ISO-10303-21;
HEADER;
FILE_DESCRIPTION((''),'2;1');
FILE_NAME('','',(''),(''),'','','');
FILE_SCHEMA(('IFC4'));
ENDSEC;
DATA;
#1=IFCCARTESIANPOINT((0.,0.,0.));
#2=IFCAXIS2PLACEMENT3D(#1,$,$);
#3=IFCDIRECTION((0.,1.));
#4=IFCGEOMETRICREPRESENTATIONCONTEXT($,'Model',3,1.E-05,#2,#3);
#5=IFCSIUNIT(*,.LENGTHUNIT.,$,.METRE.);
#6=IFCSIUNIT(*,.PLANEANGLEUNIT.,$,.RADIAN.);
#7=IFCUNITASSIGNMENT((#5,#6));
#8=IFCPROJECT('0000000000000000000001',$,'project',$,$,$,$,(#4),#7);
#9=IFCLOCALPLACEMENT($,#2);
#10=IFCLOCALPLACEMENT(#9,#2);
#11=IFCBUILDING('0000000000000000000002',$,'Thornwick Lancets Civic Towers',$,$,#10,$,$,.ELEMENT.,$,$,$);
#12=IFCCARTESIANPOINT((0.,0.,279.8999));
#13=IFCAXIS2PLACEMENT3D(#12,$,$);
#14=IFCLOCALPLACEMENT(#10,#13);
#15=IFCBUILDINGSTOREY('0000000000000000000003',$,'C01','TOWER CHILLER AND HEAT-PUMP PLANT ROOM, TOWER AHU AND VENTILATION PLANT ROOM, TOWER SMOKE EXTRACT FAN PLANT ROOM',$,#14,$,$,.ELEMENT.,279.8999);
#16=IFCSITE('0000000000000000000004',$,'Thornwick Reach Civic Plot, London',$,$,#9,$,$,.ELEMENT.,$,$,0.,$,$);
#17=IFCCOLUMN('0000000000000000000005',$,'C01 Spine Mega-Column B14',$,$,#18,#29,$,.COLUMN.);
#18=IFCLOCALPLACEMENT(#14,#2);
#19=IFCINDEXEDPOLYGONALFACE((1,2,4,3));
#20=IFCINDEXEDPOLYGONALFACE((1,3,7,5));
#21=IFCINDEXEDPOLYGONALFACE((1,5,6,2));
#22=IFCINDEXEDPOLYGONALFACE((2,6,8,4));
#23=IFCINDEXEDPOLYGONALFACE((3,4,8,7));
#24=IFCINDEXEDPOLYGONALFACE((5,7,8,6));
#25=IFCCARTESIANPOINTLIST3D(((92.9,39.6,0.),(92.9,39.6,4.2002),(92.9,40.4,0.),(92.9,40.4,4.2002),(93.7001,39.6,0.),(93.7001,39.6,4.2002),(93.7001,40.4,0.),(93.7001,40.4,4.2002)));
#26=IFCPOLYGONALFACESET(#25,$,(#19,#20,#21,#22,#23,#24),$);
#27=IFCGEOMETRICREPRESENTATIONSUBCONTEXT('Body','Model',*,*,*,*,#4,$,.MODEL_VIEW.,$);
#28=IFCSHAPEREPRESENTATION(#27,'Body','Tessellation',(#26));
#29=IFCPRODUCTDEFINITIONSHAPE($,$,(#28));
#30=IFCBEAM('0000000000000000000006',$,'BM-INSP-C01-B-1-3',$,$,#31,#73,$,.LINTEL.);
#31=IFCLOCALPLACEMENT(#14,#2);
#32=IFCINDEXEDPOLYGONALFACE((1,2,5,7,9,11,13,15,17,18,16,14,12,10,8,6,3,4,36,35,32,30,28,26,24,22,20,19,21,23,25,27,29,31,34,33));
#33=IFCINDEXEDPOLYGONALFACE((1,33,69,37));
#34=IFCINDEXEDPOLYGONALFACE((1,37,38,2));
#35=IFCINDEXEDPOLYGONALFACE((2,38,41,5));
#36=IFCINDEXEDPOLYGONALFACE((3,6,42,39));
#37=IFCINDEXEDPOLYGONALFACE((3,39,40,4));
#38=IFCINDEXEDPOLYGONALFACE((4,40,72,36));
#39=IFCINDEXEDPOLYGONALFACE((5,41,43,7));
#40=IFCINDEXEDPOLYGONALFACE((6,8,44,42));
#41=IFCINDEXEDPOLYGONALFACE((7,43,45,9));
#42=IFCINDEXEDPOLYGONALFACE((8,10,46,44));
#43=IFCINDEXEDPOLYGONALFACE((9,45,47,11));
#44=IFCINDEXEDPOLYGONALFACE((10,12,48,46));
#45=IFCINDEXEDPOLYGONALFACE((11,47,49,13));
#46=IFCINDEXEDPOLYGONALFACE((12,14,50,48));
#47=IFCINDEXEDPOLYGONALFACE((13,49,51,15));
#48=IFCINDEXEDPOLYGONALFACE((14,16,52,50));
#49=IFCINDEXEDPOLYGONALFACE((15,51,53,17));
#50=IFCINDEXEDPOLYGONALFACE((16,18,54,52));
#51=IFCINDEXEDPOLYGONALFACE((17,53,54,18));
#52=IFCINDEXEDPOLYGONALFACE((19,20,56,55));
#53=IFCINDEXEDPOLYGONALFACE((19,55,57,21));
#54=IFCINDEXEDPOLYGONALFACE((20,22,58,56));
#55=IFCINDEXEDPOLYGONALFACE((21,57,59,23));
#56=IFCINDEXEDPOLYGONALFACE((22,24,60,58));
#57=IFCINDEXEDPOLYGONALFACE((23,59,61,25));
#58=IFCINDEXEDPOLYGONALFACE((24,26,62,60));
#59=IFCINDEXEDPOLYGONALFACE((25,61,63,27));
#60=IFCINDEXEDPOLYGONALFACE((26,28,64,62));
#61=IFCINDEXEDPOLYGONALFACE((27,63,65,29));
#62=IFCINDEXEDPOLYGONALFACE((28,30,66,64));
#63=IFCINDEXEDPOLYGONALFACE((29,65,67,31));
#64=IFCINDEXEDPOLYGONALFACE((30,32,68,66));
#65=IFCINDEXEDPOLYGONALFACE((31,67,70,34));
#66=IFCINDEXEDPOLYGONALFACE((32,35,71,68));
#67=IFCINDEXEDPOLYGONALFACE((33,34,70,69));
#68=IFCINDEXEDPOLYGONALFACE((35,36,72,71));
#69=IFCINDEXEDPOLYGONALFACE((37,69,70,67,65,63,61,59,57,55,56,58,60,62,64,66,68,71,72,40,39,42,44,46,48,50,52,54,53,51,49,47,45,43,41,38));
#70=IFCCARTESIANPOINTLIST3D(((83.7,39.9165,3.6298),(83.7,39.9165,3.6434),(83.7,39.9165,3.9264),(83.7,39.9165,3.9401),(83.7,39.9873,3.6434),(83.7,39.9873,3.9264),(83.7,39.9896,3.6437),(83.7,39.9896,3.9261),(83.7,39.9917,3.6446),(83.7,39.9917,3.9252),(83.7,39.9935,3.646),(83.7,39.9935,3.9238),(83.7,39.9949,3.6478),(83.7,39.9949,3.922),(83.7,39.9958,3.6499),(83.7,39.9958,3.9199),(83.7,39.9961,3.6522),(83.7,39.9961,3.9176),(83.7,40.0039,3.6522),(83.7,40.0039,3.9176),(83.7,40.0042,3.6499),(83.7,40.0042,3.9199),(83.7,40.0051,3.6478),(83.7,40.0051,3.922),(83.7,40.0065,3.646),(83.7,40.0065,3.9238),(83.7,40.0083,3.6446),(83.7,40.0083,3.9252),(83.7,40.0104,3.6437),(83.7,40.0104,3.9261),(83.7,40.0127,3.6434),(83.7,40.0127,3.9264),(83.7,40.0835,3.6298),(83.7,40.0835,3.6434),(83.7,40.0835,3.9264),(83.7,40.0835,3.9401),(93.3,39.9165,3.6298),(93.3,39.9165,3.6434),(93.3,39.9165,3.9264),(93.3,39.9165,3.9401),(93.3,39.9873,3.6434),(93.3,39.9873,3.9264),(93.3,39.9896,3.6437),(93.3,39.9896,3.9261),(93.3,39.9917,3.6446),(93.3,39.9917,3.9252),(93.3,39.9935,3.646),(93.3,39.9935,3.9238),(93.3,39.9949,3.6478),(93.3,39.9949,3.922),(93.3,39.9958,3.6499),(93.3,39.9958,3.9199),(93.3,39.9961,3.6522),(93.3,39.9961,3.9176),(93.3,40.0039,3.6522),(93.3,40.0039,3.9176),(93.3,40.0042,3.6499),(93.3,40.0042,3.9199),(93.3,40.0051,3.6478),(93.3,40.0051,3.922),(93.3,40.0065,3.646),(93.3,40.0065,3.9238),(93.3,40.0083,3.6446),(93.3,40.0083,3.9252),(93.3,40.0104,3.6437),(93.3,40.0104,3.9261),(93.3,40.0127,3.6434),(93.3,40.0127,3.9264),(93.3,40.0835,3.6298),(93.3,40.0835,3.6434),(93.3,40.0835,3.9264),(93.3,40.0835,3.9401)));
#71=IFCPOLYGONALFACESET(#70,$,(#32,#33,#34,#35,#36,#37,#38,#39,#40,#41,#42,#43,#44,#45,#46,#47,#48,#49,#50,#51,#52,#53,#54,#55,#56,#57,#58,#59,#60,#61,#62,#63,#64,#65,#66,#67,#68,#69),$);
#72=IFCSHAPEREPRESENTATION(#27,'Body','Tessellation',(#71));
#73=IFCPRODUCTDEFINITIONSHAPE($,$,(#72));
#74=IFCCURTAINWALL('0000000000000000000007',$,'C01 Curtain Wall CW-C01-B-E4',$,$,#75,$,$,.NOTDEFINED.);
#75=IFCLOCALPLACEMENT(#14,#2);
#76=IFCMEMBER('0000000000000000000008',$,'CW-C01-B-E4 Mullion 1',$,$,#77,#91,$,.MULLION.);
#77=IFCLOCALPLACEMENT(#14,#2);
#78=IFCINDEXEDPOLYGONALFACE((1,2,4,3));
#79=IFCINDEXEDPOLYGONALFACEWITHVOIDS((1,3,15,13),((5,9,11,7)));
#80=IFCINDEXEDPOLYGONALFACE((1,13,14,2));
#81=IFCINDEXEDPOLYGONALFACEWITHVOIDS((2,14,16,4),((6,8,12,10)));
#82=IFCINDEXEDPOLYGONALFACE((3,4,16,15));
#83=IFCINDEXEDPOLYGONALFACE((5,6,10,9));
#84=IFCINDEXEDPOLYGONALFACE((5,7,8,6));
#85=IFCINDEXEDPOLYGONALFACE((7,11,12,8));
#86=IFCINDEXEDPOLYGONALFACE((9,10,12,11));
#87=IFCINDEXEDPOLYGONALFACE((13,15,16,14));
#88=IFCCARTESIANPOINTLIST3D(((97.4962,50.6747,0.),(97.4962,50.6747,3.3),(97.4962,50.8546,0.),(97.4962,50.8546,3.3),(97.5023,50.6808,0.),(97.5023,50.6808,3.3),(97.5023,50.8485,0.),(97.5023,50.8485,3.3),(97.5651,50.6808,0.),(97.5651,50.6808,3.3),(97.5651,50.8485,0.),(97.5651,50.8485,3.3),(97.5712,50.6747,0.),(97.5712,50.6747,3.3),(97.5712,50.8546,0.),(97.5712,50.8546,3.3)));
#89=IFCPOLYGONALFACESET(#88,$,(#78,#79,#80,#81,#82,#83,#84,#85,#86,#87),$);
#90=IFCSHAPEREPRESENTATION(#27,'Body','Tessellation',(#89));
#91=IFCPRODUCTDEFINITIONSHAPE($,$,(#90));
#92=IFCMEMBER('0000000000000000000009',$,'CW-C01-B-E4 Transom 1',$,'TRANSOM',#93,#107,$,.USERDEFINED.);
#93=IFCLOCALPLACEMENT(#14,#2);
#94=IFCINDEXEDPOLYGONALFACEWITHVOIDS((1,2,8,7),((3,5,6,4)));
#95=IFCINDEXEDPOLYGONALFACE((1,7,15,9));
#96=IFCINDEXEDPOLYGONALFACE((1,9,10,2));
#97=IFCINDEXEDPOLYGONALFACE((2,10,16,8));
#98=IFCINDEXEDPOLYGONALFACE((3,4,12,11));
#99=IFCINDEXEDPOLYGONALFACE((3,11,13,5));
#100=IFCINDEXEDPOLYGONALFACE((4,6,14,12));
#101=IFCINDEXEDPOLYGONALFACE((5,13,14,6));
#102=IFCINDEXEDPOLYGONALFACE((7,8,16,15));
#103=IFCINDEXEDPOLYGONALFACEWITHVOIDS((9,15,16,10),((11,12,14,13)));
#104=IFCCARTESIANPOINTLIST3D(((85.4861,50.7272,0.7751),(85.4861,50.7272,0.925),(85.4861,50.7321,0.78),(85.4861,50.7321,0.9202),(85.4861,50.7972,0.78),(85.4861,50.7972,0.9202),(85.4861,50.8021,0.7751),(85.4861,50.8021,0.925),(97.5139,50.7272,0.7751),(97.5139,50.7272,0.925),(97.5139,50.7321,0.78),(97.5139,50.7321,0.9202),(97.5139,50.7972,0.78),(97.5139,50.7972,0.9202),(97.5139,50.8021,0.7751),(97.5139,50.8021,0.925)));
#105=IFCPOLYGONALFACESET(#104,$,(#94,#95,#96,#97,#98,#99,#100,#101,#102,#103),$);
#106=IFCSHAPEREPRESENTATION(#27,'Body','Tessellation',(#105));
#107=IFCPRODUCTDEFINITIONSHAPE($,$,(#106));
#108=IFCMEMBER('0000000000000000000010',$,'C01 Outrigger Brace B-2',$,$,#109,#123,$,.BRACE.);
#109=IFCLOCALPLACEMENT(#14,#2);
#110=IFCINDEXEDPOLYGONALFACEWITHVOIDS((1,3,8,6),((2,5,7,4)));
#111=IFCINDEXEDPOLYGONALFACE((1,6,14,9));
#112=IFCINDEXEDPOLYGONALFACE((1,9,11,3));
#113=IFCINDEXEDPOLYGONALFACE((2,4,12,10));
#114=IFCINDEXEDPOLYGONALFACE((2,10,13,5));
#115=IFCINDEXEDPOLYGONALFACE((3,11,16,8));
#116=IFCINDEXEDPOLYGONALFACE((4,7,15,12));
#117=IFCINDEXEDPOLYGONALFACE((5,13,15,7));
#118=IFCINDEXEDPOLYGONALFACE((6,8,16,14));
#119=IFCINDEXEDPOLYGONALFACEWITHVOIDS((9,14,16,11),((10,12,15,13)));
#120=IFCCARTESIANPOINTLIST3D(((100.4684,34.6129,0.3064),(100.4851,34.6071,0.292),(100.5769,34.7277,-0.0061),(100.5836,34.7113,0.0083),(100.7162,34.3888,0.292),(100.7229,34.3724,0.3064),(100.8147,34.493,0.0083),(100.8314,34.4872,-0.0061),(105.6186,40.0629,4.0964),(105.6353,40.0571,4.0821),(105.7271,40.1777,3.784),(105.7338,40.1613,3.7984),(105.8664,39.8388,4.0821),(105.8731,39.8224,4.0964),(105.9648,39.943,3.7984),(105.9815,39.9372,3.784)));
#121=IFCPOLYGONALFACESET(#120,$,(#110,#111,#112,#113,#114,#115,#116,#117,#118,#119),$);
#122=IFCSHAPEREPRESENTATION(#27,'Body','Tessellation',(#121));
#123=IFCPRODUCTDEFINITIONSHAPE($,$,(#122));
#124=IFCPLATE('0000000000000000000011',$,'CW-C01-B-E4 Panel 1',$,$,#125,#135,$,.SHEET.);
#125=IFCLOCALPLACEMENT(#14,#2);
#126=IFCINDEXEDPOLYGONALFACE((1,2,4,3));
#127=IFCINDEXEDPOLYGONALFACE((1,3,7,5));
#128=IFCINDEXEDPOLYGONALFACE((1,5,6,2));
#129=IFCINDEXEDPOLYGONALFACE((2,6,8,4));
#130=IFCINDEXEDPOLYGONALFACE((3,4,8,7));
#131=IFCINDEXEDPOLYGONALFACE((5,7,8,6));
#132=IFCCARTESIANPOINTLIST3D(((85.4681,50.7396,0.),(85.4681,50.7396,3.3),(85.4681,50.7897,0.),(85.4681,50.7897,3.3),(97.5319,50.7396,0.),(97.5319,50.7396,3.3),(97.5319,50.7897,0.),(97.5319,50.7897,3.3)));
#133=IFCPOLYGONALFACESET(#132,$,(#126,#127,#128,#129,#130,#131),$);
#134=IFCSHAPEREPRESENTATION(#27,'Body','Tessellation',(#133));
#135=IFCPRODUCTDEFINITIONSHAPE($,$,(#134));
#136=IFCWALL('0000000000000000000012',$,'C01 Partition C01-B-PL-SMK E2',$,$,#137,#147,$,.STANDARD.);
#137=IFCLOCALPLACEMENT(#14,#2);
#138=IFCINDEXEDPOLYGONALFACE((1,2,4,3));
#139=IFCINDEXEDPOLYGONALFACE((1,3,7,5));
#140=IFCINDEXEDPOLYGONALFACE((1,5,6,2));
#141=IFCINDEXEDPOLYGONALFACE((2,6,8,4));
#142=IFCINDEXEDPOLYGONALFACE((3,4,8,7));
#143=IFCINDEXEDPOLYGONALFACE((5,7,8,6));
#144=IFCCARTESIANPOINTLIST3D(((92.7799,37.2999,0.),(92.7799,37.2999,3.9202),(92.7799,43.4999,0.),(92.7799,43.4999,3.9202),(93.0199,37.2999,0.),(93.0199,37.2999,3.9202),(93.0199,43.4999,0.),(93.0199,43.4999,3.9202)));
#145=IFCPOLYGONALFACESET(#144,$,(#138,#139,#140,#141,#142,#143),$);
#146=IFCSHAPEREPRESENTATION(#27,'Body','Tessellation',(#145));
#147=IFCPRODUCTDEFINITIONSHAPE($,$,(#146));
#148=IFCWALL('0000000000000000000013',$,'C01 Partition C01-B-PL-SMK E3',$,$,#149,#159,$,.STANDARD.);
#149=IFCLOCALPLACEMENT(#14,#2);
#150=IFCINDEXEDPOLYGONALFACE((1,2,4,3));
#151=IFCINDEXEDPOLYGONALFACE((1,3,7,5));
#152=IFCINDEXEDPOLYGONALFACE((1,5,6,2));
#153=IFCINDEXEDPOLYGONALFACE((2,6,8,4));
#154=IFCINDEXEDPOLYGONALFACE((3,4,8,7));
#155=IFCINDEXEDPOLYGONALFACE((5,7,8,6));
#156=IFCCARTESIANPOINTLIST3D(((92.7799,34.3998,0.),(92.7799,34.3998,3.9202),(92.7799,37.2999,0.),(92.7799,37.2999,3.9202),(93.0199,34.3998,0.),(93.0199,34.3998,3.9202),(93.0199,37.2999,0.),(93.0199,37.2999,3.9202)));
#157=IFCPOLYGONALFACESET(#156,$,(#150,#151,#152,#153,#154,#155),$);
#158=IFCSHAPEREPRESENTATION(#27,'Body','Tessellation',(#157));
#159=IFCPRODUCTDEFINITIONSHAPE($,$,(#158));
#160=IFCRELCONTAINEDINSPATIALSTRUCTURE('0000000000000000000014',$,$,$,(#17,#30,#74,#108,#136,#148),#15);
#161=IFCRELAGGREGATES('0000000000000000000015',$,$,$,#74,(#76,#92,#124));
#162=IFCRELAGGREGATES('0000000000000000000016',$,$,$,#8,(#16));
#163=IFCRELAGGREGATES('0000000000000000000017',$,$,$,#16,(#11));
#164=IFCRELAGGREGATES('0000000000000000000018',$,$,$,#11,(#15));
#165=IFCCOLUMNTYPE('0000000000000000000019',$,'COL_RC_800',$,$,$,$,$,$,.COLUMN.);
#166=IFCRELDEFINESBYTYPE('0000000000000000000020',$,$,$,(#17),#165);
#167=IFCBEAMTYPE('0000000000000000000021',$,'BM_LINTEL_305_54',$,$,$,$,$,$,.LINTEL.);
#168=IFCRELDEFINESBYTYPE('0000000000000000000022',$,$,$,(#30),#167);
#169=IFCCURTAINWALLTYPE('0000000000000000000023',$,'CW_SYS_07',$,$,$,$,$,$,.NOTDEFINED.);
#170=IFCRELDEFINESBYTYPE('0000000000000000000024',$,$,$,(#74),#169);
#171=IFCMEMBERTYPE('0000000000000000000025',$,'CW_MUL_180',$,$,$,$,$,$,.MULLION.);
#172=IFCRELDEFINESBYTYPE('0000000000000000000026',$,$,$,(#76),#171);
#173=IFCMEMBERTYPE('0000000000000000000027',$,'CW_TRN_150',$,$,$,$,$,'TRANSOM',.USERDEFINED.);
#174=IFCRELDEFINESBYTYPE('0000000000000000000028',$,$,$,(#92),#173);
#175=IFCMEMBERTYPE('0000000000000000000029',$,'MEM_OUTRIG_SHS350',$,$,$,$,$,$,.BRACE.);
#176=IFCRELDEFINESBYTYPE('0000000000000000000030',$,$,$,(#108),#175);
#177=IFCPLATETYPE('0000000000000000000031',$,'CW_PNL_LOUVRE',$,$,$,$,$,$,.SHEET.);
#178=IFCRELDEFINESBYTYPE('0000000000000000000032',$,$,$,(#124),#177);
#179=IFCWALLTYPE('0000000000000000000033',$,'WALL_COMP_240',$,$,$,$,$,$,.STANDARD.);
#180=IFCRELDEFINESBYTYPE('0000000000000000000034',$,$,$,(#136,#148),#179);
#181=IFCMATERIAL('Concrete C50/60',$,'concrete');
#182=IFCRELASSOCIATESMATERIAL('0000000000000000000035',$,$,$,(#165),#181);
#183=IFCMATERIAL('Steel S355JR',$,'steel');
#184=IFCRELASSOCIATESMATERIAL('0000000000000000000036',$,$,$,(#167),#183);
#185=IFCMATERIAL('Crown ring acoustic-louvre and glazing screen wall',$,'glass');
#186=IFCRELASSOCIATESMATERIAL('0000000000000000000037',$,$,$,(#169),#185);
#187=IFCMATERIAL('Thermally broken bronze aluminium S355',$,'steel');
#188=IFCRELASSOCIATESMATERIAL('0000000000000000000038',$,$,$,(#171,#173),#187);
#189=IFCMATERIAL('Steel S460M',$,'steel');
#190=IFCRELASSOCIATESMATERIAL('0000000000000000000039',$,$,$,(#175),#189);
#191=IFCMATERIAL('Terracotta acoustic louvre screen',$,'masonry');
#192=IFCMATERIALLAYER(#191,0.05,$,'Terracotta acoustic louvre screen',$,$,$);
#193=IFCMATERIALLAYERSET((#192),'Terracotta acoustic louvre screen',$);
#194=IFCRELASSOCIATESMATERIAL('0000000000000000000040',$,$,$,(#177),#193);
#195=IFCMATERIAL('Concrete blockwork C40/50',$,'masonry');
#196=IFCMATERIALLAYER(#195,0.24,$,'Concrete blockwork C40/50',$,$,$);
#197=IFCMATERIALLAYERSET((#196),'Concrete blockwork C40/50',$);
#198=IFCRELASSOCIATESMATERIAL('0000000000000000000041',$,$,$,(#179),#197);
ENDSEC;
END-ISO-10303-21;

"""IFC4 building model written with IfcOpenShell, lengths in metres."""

from ifc_helpers import new_model, si_unit, direction, frame, frame_2d, origin, origin_2d, place, context, subcontext, project, spatial, rectangle, hollow_rectangle, i_section, extrude, material, layer, layer_set, material_profile, profile_set, type_object, element, aggregate, save


model = new_model("IFC4")

# Units and contexts
model_context = context("Model", 3, precision=1e-05, world=origin(), true_north=direction((0.0, 1.0)))
body_context = subcontext(model_context, "Body", "Model", "MODEL_VIEW")
ifc_project = project(units=[si_unit("LENGTHUNIT", "METRE"), si_unit("PLANEANGLEUNIT", "RADIAN")], contexts=[model_context])

# Site, building, storey
site_placement = place(None, origin())
site = spatial("IfcSite", under=ifc_project, at=site_placement, Name="Thornwick Reach Civic Plot, London", CompositionType="ELEMENT", RefElevation=0.0)
building_placement = place(site_placement, origin())
building = spatial("IfcBuilding", under=site, at=building_placement, Name="Thornwick Lancets Civic Towers", CompositionType="ELEMENT")
storey_placement = place(building_placement, frame((0.0, 0.0, 279.8999)))
storey = spatial("IfcBuildingStorey", under=building, at=storey_placement, Name="C01", Description="TOWER CHILLER AND HEAT-PUMP PLANT ROOM, TOWER AHU AND VENTILATION PLANT ROOM, TOWER SMOKE EXTRACT FAN PLANT ROOM", CompositionType="ELEMENT", Elevation=279.8999)

# Column
ifc_material_1 = material(Name="Concrete C50/60", Category="concrete")
ifc_material_profile_1 = material_profile(ifc_material_1, rectangle(XDim=0.8, YDim=0.8, at=origin_2d()), Name="RC 800x800")
ifc_profile_set_1 = profile_set([ifc_material_profile_1], Name="Concrete C50/60")
column_type = type_object("IfcColumnType", Name="COL_RC_800", PredefinedType="COLUMN", material=ifc_profile_set_1)
column_placement = place(storey_placement, frame((93.3, 40.0, 0.0), z_axis=(0.0, 0.0, 1.0), x_axis=(1.0, 0.0, 0.0)))
element("IfcColumn", 1, at=column_placement, inside=storey, type_object=column_type, Name="C01 Spine Mega-Column B14", PredefinedType="COLUMN", context=body_context, shape_type="SweptSolid", body=[
    extrude(rectangle(XDim=0.8, YDim=0.8, at=origin_2d()), origin(), (0.0, 0.0, 1.0), 4.2002),
])

# Beam
ifc_material_2 = material(Name="Steel S355JR", Category="steel")
ifc_material_profile_2 = material_profile(ifc_material_2, i_section(OverallWidth=0.167, OverallDepth=0.3103, WebThickness=0.0078, FlangeThickness=0.0137, FilletRadius=0.0088, at=origin_2d()), Name="UKB 305x165x54")
ifc_profile_set_2 = profile_set([ifc_material_profile_2], Name="Steel S355JR")
beam_type = type_object("IfcBeamType", Name="BM_LINTEL_305_54", PredefinedType="LINTEL", material=ifc_profile_set_2)
beam_placement = place(storey_placement, frame((93.3, 40.0, 3.7849), z_axis=(-1.0, 0.0, 0.0), x_axis=(0.0, -1.0, 0.0)))
element("IfcBeam", 2, at=beam_placement, inside=storey, type_object=beam_type, Name="BM-INSP-C01-B-1-3", PredefinedType="LINTEL", context=body_context, shape_type="SweptSolid", body=[
    extrude(i_section(OverallWidth=0.167, OverallDepth=0.3103, WebThickness=0.0078, FlangeThickness=0.0137, FilletRadius=0.0088, at=origin_2d()), origin(), (0.0, 0.0, 1.0), 9.6001),
])

# Curtain wall, members
ifc_material_3 = material(Name="Crown ring acoustic-louvre and glazing screen wall", Category="glass")
curtain_wall_type = type_object("IfcCurtainWallType", Name="CW_SYS_07", PredefinedType="NOTDEFINED", material=ifc_material_3)
curtain_wall_placement = place(storey_placement, origin())
curtain_wall = element("IfcCurtainWall", 3, at=curtain_wall_placement, inside=storey, type_object=curtain_wall_type, Name="C01 Curtain Wall CW-C01-B-E4", PredefinedType="NOTDEFINED")
ifc_material_4 = material(Name="Thermally broken bronze aluminium S355", Category="steel")
ifc_material_profile_3 = material_profile(ifc_material_4, hollow_rectangle(XDim=0.075, YDim=0.1799, WallThickness=0.0061, at=origin_2d()), Name="RHS 180x75x6")
ifc_profile_set_3 = profile_set([ifc_material_profile_3], Name="Thermally broken bronze aluminium S355")
member_type_1 = type_object("IfcMemberType", Name="CW_MUL_180", PredefinedType="MULLION", material=ifc_profile_set_3)
member_1_placement = place(storey_placement, frame((97.5337, 50.7646, 0.0), z_axis=(0.0, 0.0, 1.0), x_axis=(1.0, 0.0, 0.0)))
member_1 = element("IfcMember", 4, at=member_1_placement, type_object=member_type_1, Name="CW-C01-B-E4 Mullion 1", PredefinedType="MULLION", context=body_context, shape_type="SweptSolid", body=[
    extrude(hollow_rectangle(XDim=0.075, YDim=0.1799, WallThickness=0.0061, at=origin_2d()), origin(), (0.0, 0.0, 1.0), 3.3),
])
ifc_material_profile_4 = material_profile(ifc_material_4, hollow_rectangle(XDim=0.075, YDim=0.1499, WallThickness=0.0049, at=origin_2d()), Name="RHS 150x75x5")
ifc_profile_set_4 = profile_set([ifc_material_profile_4], Name="Thermally broken bronze aluminium S355")
member_type_2 = type_object("IfcMemberType", Name="CW_TRN_150", ElementType="TRANSOM", PredefinedType="USERDEFINED", material=ifc_profile_set_4)
member_2_placement = place(storey_placement, frame((97.5139, 50.7646, 0.8501), z_axis=(-1.0, 0.0, 0.0), x_axis=(0.0, -1.0, 0.0)))
member_2 = element("IfcMember", 5, at=member_2_placement, type_object=member_type_2, Name="CW-C01-B-E4 Transom 1", ObjectType="TRANSOM", PredefinedType="USERDEFINED", context=body_context, shape_type="SweptSolid", body=[
    extrude(hollow_rectangle(XDim=0.075, YDim=0.1499, WallThickness=0.0049, at=origin_2d()), origin(), (0.0, 0.0, 1.0), 12.0278),
])

# Member
ifc_material_5 = material(Name="Steel S460M", Category="steel")
ifc_material_profile_5 = material_profile(ifc_material_5, hollow_rectangle(XDim=0.3501, YDim=0.3501, WallThickness=0.0161, at=origin_2d()), Name="SHS 350x350x16")
ifc_profile_set_5 = profile_set([ifc_material_profile_5], Name="Steel S460M")
member_type_3 = type_object("IfcMemberType", Name="MEM_OUTRIG_SHS350", PredefinedType="BRACE", material=ifc_profile_set_5)
member_3_placement = place(storey_placement, frame((100.6499, 34.55, 0.1501), z_axis=(0.612981, 0.648664, 0.451098), x_axis=(-0.726815, 0.686833, 0.0)))
element("IfcMember", 6, at=member_3_placement, inside=storey, type_object=member_type_3, Name="C01 Outrigger Brace B-2", PredefinedType="BRACE", context=body_context, shape_type="SweptSolid", body=[
    extrude(hollow_rectangle(XDim=0.3501, YDim=0.3501, WallThickness=0.0161, at=origin_2d()), origin(), (0.0, 0.0, 1.0), 8.4019),
])

# Plate
ifc_material_6 = material(Name="Terracotta acoustic louvre screen", Category="masonry")
ifc_layer_1 = layer(ifc_material_6, 0.05, Name="Terracotta acoustic louvre screen")
ifc_layer_set_1 = layer_set([ifc_layer_1], Name="Terracotta acoustic louvre screen")
plate_type = type_object("IfcPlateType", Name="CW_PNL_LOUVRE", PredefinedType="SHEET", material=ifc_layer_set_1)
plate_placement = place(storey_placement, frame((91.5, 50.7646, 0.0), z_axis=(0.0, 0.0, 1.0), x_axis=(-1.0, 0.0, 0.0)))
plate = element("IfcPlate", 7, at=plate_placement, type_object=plate_type, Name="CW-C01-B-E4 Panel 1", PredefinedType="SHEET", context=body_context, shape_type="SweptSolid", body=[
    extrude(rectangle(XDim=12.0637, YDim=0.05, at=origin_2d()), origin(), (0.0, 0.0, 1.0), 3.3),
])
aggregate(curtain_wall, [member_1, member_2, plate])

# Walls
ifc_material_7 = material(Name="Concrete blockwork C40/50", Category="masonry")
ifc_layer_2 = layer(ifc_material_7, 0.24, Name="Concrete blockwork C40/50")
ifc_layer_set_2 = layer_set([ifc_layer_2], Name="Concrete blockwork C40/50")
wall_type_1 = type_object("IfcWallType", Name="WALL_COMP_240", PredefinedType="STANDARD", material=ifc_layer_set_2)
wall_1_placement = place(storey_placement, frame((92.8999, 43.5, 0.0), z_axis=(0.0, 0.0, 1.0), x_axis=(0.0, -1.0, 0.0)))
element("IfcWall", 8, at=wall_1_placement, inside=storey, type_object=wall_type_1, Name="C01 Partition C01-B-PL-SMK E2", PredefinedType="STANDARD", context=body_context, shape_type="SweptSolid", body=[
    extrude(rectangle(XDim=6.2, YDim=0.24, at=frame_2d((3.1001, 0.0))), origin(), (0.0, 0.0, 1.0), 3.9202),
])
wall_2_placement = place(storey_placement, frame((92.8999, 37.3, 0.0), z_axis=(0.0, 0.0, 1.0), x_axis=(0.0, -1.0, 0.0)))
element("IfcWall", 9, at=wall_2_placement, inside=storey, type_object=wall_type_1, Name="C01 Partition C01-B-PL-SMK E3", PredefinedType="STANDARD", context=body_context, shape_type="SweptSolid", body=[
    extrude(rectangle(XDim=2.9001, YDim=0.24, at=frame_2d((1.4502, 0.0))), origin(), (0.0, 0.0, 1.0), 3.9202),
])

save(model, "model.ifc")
